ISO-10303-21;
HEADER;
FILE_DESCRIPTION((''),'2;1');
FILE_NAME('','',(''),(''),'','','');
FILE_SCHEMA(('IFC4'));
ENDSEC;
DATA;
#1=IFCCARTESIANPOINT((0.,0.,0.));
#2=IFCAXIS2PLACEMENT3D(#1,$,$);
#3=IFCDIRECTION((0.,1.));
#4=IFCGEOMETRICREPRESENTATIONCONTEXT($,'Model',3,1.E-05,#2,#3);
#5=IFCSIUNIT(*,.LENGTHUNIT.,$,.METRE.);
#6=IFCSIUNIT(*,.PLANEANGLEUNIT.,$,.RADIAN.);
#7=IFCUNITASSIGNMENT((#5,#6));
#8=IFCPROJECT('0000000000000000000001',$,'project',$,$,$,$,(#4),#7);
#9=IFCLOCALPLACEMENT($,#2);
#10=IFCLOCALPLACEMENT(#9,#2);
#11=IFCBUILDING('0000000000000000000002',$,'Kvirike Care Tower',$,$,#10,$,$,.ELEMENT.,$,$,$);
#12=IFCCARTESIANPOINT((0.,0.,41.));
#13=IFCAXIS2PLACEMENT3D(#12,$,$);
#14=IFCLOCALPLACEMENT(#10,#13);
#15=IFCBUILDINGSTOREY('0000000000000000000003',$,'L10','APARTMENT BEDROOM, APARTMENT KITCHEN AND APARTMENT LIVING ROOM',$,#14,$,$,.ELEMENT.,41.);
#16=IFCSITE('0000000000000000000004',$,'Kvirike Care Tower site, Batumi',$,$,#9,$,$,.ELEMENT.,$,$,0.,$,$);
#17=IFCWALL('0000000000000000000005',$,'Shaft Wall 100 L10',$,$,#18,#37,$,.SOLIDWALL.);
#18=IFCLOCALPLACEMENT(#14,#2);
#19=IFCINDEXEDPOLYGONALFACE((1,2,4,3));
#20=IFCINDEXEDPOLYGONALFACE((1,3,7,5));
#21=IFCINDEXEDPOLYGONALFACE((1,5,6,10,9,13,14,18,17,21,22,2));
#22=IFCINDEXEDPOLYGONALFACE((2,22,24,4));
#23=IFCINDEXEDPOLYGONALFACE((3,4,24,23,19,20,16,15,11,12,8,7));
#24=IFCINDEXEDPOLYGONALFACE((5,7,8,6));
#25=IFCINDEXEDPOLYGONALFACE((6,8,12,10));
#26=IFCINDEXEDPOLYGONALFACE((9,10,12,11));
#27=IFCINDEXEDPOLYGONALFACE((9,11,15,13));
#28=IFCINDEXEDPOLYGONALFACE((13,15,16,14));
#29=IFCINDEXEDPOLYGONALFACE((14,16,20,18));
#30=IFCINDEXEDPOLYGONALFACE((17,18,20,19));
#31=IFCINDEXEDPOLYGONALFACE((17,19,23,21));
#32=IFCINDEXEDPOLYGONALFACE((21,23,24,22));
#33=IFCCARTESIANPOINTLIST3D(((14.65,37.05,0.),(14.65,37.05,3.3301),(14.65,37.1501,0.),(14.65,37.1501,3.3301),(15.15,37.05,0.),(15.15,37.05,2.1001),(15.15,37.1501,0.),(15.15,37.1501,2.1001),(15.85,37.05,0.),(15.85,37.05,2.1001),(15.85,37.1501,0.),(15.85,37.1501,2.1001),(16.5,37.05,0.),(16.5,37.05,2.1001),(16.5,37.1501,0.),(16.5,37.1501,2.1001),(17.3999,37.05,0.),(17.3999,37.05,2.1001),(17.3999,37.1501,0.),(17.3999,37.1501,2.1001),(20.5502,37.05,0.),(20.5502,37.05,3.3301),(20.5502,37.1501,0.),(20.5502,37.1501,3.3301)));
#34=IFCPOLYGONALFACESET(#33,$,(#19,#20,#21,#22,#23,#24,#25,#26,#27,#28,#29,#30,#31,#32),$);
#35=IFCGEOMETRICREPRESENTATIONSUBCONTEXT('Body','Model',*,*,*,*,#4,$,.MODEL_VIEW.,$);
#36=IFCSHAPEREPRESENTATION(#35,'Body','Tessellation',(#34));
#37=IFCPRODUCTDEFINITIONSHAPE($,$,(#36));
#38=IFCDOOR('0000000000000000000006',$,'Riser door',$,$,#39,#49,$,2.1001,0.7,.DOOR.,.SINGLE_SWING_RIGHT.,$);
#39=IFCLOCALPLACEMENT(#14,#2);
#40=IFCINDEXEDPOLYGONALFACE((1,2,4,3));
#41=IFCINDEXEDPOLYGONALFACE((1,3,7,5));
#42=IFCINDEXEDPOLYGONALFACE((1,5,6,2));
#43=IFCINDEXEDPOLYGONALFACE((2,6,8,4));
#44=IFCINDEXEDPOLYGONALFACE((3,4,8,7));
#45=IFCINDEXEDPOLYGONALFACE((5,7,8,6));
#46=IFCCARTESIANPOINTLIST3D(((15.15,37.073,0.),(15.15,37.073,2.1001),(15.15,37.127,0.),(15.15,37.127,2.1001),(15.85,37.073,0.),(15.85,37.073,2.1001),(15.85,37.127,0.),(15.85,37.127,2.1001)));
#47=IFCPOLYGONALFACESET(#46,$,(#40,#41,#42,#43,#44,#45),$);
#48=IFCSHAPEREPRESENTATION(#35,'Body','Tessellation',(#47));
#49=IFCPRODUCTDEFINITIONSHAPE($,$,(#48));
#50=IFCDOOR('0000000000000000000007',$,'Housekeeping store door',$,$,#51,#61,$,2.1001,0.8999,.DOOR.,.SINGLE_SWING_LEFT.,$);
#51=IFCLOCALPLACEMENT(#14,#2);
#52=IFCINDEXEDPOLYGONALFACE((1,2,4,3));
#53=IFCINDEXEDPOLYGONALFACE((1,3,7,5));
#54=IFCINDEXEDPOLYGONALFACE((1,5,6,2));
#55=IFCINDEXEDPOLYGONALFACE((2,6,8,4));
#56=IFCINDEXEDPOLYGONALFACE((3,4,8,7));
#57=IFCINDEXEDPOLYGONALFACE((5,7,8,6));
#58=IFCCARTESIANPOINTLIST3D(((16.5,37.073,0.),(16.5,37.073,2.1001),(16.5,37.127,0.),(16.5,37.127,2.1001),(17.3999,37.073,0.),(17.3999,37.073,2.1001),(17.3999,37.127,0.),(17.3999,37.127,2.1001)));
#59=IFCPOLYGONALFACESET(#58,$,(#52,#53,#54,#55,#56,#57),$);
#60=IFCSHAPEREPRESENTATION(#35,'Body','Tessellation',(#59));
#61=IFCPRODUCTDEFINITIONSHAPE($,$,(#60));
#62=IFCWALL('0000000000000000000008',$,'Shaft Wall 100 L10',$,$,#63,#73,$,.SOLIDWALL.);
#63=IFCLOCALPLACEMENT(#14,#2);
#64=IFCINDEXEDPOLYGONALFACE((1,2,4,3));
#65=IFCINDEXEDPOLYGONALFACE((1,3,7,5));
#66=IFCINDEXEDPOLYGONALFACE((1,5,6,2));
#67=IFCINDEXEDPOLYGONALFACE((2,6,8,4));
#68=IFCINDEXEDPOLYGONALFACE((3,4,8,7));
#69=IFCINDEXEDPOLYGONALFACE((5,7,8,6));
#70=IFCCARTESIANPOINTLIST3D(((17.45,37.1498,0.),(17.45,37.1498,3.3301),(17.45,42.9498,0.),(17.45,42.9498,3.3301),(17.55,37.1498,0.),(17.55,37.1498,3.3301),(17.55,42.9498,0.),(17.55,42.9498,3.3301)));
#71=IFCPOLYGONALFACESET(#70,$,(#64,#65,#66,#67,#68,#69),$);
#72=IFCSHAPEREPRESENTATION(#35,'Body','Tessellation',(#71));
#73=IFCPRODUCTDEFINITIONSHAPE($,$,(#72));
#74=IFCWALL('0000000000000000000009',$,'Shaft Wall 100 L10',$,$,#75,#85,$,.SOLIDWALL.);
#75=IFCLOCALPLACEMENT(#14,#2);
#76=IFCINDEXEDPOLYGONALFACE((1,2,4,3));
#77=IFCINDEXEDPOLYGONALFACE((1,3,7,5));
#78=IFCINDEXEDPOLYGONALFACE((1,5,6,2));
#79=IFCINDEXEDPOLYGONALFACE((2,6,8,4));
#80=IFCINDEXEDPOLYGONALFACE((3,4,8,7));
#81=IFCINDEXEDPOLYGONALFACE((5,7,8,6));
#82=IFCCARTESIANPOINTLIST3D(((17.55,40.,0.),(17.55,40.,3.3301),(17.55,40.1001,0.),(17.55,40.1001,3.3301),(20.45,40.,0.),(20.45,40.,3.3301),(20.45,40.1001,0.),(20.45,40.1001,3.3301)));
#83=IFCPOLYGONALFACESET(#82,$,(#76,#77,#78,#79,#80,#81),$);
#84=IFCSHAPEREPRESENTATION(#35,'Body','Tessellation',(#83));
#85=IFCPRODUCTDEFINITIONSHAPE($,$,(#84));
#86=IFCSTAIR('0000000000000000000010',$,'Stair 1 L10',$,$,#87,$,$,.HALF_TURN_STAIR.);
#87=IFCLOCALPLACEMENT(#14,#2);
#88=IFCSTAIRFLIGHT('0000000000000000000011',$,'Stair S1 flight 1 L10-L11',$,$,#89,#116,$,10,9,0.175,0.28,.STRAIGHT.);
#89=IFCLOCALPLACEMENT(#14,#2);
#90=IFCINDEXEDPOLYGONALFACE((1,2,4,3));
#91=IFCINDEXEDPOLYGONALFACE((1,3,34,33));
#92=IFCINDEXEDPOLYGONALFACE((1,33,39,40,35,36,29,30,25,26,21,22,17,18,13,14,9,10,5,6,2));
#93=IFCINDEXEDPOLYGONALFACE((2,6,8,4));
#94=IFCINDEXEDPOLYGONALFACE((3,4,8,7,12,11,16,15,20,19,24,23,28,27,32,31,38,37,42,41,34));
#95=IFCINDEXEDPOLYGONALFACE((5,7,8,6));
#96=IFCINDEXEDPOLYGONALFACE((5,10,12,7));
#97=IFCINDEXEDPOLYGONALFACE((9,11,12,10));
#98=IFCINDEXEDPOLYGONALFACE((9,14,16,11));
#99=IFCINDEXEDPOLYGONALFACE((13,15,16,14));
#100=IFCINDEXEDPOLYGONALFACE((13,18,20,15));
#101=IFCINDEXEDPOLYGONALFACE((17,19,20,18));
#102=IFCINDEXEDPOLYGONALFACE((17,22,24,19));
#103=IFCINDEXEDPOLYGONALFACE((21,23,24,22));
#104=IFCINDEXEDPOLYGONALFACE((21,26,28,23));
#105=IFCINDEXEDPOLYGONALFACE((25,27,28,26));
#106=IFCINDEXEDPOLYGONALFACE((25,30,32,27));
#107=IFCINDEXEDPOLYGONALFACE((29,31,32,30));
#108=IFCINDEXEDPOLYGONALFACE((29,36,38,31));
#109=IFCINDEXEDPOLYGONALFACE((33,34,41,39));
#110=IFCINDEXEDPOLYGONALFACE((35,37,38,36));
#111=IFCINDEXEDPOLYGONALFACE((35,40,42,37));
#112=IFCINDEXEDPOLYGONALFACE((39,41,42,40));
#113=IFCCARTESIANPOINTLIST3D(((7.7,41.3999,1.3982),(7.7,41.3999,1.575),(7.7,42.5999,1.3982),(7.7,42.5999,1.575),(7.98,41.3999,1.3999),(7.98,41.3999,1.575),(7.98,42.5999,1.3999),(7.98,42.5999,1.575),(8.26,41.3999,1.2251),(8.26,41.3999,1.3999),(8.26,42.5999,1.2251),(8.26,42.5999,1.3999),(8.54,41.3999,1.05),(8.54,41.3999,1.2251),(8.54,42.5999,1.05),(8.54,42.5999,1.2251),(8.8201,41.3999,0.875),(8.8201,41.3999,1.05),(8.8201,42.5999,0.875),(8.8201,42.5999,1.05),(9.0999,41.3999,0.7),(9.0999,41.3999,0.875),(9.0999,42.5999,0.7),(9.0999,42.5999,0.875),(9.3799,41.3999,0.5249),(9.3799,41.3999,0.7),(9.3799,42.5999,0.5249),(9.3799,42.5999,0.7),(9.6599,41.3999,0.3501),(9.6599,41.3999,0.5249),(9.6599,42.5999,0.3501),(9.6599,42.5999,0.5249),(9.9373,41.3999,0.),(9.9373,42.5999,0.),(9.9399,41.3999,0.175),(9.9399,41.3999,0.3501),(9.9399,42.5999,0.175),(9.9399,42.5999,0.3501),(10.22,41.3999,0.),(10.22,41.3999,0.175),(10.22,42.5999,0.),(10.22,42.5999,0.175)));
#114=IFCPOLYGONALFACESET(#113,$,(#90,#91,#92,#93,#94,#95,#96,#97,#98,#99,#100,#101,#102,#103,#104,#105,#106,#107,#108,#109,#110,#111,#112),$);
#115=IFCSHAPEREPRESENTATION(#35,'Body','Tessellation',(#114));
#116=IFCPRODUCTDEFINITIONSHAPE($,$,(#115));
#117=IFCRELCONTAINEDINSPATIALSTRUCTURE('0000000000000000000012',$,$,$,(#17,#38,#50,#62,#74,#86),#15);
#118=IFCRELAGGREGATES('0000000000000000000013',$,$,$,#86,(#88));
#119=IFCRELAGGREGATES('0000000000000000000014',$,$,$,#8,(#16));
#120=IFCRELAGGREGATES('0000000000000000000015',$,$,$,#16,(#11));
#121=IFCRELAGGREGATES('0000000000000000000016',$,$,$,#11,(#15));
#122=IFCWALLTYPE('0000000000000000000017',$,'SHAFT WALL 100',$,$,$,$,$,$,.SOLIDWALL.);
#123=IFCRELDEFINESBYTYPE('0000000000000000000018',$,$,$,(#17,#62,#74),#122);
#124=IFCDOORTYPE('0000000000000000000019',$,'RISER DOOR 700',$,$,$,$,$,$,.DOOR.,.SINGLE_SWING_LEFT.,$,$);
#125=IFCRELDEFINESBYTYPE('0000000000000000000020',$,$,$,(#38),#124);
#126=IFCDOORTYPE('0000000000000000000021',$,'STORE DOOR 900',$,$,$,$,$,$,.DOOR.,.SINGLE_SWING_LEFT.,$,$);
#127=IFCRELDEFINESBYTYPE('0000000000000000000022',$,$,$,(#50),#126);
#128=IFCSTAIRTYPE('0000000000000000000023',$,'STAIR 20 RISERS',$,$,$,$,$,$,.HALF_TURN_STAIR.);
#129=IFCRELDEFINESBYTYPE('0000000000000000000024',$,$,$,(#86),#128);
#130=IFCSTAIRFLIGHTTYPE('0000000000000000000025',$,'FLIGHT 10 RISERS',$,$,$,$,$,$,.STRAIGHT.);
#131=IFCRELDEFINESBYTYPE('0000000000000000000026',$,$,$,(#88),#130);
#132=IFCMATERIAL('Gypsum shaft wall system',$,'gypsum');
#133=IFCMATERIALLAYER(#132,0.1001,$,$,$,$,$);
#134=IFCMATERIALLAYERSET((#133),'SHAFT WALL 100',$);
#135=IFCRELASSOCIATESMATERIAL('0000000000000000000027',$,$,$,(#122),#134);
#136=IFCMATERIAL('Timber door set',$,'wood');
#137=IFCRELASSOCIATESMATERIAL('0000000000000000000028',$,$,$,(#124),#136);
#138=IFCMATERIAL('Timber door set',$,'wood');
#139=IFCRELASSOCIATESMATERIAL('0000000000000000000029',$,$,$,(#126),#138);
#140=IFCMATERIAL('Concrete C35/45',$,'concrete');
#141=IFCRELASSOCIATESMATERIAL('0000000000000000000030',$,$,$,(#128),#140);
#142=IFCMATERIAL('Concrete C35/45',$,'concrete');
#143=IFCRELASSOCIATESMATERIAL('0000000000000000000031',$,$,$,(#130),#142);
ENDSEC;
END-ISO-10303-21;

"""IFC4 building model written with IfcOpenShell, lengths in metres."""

from ifc_helpers import new_model, si_unit, direction, frame, frame_2d, origin, place, context, subcontext, project, spatial, polyline, rectangle, outline, extrude, material, layer, layer_set, type_object, element, fill, aggregate, save


model = new_model("IFC4")

# Units and contexts
model_context = context("Model", 3, precision=1e-05, world=origin(), true_north=direction((0.0, 1.0)))
body_context = subcontext(model_context, "Body", "Model", "MODEL_VIEW")
ifc_project = project(units=[si_unit("LENGTHUNIT", "METRE"), si_unit("PLANEANGLEUNIT", "RADIAN")], contexts=[model_context])

# Site, building, storey
site_placement = place(None, origin())
site = spatial("IfcSite", under=ifc_project, at=site_placement, Name="Kvirike Care Tower site, Batumi", CompositionType="ELEMENT", RefElevation=0.0)
building_placement = place(site_placement, origin())
building = spatial("IfcBuilding", under=site, at=building_placement, Name="Kvirike Care Tower", CompositionType="ELEMENT")
storey_placement = place(building_placement, frame((0.0, 0.0, 41.0)))
storey = spatial("IfcBuildingStorey", under=building, at=storey_placement, Name="L10", Description="APARTMENT BEDROOM, APARTMENT KITCHEN AND APARTMENT LIVING ROOM", CompositionType="ELEMENT", Elevation=41.0)

# Shared definitions
ifc_material_1 = material(Name="Gypsum shaft wall system", Category="gypsum")
ifc_layer_1 = layer(ifc_material_1, 0.1001)
ifc_layer_set_1 = layer_set([ifc_layer_1], Name="SHAFT WALL 100")
wall_type_1 = type_object("IfcWallType", Name="SHAFT WALL 100", PredefinedType="SOLIDWALL", material=ifc_layer_set_1)

# Shared definitions
ifc_material_2 = material(Name="Timber door set", Category="wood")
door_type_1 = type_object("IfcDoorType", Name="RISER DOOR 700", OperationType="SINGLE_SWING_LEFT", PredefinedType="DOOR", material=ifc_material_2)

# Wall, openings, doors
wall_1_placement = place(storey_placement, frame((14.6499, 37.1001, 0.0), z_axis=(0.0, 0.0, 1.0), x_axis=(1.0, 0.0, 0.0)))
wall_1 = element("IfcWall", 1, at=wall_1_placement, inside=storey, type_object=wall_type_1, Name="Shaft Wall 100 L10", PredefinedType="SOLIDWALL", context=body_context, shape_type="SweptSolid", body=[
    extrude(rectangle(XDim=5.9001, YDim=0.1001, at=frame_2d((2.9502, 0.0))), origin(), (0.0, 0.0, 1.0), 3.3301),
])
opening_1_placement = place(wall_1_placement, frame((0.5, 0.0, 0.0)))
opening_1 = element("IfcOpeningElement", 2, at=opening_1_placement, cuts=wall_1, PredefinedType="OPENING", context=body_context, shape_type="SweptSolid", body=[
    extrude(rectangle(XDim=0.7, YDim=2.1001, at=frame_2d((0.3501, 1.05))), frame((0.0, 0.0605, 0.0), z_axis=(0.0, -1.0, 0.0), x_axis=(1.0, 0.0, 0.0)), (0.0, 0.0, 1.0), 0.1211),
])
opening_2_placement = place(wall_1_placement, frame((1.8501, 0.0, 0.0)))
opening_2 = element("IfcOpeningElement", 3, at=opening_2_placement, cuts=wall_1, PredefinedType="OPENING", context=body_context, shape_type="SweptSolid", body=[
    extrude(rectangle(XDim=0.8999, YDim=2.1001, at=frame_2d((0.45, 1.05))), frame((0.0, 0.0605, 0.0), z_axis=(0.0, -1.0, 0.0), x_axis=(1.0, 0.0, 0.0)), (0.0, 0.0, 1.0), 0.1211),
])
door_1_placement = place(opening_1_placement, origin())
door_1 = element("IfcDoor", 4, at=door_1_placement, inside=storey, type_object=door_type_1, Name="Riser door", OperationType="SINGLE_SWING_RIGHT", OverallHeight=2.1001, OverallWidth=0.7, PredefinedType="DOOR", context=body_context, shape_type="SweptSolid", body=[
    extrude(rectangle(XDim=0.7, YDim=2.1001, at=frame_2d((0.3501, 1.05))), frame((0.0, 0.0269, 0.0), z_axis=(0.0, -1.0, 0.0), x_axis=(1.0, 0.0, 0.0)), (0.0, 0.0, 1.0), 0.054),
])
fill(opening_1, door_1)
ifc_material_3 = material(Name="Timber door set", Category="wood")
door_type_2 = type_object("IfcDoorType", Name="STORE DOOR 900", OperationType="SINGLE_SWING_LEFT", PredefinedType="DOOR", material=ifc_material_3)
door_2_placement = place(opening_2_placement, origin())
door_2 = element("IfcDoor", 5, at=door_2_placement, inside=storey, type_object=door_type_2, Name="Housekeeping store door", OperationType="SINGLE_SWING_LEFT", OverallHeight=2.1001, OverallWidth=0.8999, PredefinedType="DOOR", context=body_context, shape_type="SweptSolid", body=[
    extrude(rectangle(XDim=0.8999, YDim=2.1001, at=frame_2d((0.45, 1.05))), frame((0.0, 0.0269, 0.0), z_axis=(0.0, -1.0, 0.0), x_axis=(1.0, 0.0, 0.0)), (0.0, 0.0, 1.0), 0.054),
])
fill(opening_2, door_2)

# Walls
wall_2_placement = place(storey_placement, frame((17.5, 37.1499, 0.0), z_axis=(0.0, 0.0, 1.0), x_axis=(0.0, 1.0, 0.0)))
element("IfcWall", 6, at=wall_2_placement, inside=storey, type_object=wall_type_1, Name="Shaft Wall 100 L10", PredefinedType="SOLIDWALL", context=body_context, shape_type="SweptSolid", body=[
    extrude(rectangle(XDim=5.8, YDim=0.1001, at=frame_2d((2.8999, 0.0))), origin(), (0.0, 0.0, 1.0), 3.3301),
])
wall_3_placement = place(storey_placement, frame((17.55, 40.05, 0.0), z_axis=(0.0, 0.0, 1.0), x_axis=(1.0, 0.0, 0.0)))
element("IfcWall", 7, at=wall_3_placement, inside=storey, type_object=wall_type_1, Name="Shaft Wall 100 L10", PredefinedType="SOLIDWALL", context=body_context, shape_type="SweptSolid", body=[
    extrude(rectangle(XDim=2.8999, YDim=0.1001, at=frame_2d((1.45, 0.0))), origin(), (0.0, 0.0, 1.0), 3.3301),
])

# Stair, stair flight
ifc_material_4 = material(Name="Concrete C35/45", Category="concrete")
stair_type = type_object("IfcStairType", Name="STAIR 20 RISERS", PredefinedType="HALF_TURN_STAIR", material=ifc_material_4)
stair_placement = place(storey_placement, origin())
stair = element("IfcStair", 8, at=stair_placement, inside=storey, type_object=stair_type, Name="Stair 1 L10", PredefinedType="HALF_TURN_STAIR")
ifc_material_5 = material(Name="Concrete C35/45", Category="concrete")
stair_flight_type = type_object("IfcStairFlightType", Name="FLIGHT 10 RISERS", PredefinedType="STRAIGHT", material=ifc_material_5)
stair_flight_placement = place(storey_placement, frame((10.22, 42.0, 0.0), z_axis=(0.0, 0.0, 1.0), x_axis=(-1.0, 0.0, 0.0)))
stair_flight = element("IfcStairFlight", 9, at=stair_flight_placement, type_object=stair_flight_type, Name="Stair S1 flight 1 L10-L11", NumberOfRisers=10, NumberOfTreads=9, PredefinedType="STRAIGHT", RiserHeight=0.175, TreadLength=0.28, context=body_context, shape_type="SweptSolid", body=[
    extrude(outline(polyline([(0.0, 0.0), (0.0, 0.175), (0.28, 0.175), (0.28, 0.3501), (0.5601, 0.3501), (0.5601, 0.5249), (0.8401, 0.5249), (0.8401, 0.7), (1.1201, 0.7), (1.1201, 0.875), (1.3999, 0.875), (1.3999, 1.05), (1.6799, 1.05), (1.6799, 1.2251), (1.96, 1.2251), (1.96, 1.3999), (2.24, 1.3999), (2.24, 1.575), (2.52, 1.575), (2.52, 1.75), (2.52, 1.3982), (0.2827, 0.0), (0.0, 0.0)])), frame((0.0, 0.6001, 0.0), z_axis=(0.0, -1.0, 0.0), x_axis=(1.0, 0.0, 0.0)), (0.0, 0.0, 1.0), 1.2),
])
aggregate(stair, [stair_flight])

save(model, "model.ifc")
